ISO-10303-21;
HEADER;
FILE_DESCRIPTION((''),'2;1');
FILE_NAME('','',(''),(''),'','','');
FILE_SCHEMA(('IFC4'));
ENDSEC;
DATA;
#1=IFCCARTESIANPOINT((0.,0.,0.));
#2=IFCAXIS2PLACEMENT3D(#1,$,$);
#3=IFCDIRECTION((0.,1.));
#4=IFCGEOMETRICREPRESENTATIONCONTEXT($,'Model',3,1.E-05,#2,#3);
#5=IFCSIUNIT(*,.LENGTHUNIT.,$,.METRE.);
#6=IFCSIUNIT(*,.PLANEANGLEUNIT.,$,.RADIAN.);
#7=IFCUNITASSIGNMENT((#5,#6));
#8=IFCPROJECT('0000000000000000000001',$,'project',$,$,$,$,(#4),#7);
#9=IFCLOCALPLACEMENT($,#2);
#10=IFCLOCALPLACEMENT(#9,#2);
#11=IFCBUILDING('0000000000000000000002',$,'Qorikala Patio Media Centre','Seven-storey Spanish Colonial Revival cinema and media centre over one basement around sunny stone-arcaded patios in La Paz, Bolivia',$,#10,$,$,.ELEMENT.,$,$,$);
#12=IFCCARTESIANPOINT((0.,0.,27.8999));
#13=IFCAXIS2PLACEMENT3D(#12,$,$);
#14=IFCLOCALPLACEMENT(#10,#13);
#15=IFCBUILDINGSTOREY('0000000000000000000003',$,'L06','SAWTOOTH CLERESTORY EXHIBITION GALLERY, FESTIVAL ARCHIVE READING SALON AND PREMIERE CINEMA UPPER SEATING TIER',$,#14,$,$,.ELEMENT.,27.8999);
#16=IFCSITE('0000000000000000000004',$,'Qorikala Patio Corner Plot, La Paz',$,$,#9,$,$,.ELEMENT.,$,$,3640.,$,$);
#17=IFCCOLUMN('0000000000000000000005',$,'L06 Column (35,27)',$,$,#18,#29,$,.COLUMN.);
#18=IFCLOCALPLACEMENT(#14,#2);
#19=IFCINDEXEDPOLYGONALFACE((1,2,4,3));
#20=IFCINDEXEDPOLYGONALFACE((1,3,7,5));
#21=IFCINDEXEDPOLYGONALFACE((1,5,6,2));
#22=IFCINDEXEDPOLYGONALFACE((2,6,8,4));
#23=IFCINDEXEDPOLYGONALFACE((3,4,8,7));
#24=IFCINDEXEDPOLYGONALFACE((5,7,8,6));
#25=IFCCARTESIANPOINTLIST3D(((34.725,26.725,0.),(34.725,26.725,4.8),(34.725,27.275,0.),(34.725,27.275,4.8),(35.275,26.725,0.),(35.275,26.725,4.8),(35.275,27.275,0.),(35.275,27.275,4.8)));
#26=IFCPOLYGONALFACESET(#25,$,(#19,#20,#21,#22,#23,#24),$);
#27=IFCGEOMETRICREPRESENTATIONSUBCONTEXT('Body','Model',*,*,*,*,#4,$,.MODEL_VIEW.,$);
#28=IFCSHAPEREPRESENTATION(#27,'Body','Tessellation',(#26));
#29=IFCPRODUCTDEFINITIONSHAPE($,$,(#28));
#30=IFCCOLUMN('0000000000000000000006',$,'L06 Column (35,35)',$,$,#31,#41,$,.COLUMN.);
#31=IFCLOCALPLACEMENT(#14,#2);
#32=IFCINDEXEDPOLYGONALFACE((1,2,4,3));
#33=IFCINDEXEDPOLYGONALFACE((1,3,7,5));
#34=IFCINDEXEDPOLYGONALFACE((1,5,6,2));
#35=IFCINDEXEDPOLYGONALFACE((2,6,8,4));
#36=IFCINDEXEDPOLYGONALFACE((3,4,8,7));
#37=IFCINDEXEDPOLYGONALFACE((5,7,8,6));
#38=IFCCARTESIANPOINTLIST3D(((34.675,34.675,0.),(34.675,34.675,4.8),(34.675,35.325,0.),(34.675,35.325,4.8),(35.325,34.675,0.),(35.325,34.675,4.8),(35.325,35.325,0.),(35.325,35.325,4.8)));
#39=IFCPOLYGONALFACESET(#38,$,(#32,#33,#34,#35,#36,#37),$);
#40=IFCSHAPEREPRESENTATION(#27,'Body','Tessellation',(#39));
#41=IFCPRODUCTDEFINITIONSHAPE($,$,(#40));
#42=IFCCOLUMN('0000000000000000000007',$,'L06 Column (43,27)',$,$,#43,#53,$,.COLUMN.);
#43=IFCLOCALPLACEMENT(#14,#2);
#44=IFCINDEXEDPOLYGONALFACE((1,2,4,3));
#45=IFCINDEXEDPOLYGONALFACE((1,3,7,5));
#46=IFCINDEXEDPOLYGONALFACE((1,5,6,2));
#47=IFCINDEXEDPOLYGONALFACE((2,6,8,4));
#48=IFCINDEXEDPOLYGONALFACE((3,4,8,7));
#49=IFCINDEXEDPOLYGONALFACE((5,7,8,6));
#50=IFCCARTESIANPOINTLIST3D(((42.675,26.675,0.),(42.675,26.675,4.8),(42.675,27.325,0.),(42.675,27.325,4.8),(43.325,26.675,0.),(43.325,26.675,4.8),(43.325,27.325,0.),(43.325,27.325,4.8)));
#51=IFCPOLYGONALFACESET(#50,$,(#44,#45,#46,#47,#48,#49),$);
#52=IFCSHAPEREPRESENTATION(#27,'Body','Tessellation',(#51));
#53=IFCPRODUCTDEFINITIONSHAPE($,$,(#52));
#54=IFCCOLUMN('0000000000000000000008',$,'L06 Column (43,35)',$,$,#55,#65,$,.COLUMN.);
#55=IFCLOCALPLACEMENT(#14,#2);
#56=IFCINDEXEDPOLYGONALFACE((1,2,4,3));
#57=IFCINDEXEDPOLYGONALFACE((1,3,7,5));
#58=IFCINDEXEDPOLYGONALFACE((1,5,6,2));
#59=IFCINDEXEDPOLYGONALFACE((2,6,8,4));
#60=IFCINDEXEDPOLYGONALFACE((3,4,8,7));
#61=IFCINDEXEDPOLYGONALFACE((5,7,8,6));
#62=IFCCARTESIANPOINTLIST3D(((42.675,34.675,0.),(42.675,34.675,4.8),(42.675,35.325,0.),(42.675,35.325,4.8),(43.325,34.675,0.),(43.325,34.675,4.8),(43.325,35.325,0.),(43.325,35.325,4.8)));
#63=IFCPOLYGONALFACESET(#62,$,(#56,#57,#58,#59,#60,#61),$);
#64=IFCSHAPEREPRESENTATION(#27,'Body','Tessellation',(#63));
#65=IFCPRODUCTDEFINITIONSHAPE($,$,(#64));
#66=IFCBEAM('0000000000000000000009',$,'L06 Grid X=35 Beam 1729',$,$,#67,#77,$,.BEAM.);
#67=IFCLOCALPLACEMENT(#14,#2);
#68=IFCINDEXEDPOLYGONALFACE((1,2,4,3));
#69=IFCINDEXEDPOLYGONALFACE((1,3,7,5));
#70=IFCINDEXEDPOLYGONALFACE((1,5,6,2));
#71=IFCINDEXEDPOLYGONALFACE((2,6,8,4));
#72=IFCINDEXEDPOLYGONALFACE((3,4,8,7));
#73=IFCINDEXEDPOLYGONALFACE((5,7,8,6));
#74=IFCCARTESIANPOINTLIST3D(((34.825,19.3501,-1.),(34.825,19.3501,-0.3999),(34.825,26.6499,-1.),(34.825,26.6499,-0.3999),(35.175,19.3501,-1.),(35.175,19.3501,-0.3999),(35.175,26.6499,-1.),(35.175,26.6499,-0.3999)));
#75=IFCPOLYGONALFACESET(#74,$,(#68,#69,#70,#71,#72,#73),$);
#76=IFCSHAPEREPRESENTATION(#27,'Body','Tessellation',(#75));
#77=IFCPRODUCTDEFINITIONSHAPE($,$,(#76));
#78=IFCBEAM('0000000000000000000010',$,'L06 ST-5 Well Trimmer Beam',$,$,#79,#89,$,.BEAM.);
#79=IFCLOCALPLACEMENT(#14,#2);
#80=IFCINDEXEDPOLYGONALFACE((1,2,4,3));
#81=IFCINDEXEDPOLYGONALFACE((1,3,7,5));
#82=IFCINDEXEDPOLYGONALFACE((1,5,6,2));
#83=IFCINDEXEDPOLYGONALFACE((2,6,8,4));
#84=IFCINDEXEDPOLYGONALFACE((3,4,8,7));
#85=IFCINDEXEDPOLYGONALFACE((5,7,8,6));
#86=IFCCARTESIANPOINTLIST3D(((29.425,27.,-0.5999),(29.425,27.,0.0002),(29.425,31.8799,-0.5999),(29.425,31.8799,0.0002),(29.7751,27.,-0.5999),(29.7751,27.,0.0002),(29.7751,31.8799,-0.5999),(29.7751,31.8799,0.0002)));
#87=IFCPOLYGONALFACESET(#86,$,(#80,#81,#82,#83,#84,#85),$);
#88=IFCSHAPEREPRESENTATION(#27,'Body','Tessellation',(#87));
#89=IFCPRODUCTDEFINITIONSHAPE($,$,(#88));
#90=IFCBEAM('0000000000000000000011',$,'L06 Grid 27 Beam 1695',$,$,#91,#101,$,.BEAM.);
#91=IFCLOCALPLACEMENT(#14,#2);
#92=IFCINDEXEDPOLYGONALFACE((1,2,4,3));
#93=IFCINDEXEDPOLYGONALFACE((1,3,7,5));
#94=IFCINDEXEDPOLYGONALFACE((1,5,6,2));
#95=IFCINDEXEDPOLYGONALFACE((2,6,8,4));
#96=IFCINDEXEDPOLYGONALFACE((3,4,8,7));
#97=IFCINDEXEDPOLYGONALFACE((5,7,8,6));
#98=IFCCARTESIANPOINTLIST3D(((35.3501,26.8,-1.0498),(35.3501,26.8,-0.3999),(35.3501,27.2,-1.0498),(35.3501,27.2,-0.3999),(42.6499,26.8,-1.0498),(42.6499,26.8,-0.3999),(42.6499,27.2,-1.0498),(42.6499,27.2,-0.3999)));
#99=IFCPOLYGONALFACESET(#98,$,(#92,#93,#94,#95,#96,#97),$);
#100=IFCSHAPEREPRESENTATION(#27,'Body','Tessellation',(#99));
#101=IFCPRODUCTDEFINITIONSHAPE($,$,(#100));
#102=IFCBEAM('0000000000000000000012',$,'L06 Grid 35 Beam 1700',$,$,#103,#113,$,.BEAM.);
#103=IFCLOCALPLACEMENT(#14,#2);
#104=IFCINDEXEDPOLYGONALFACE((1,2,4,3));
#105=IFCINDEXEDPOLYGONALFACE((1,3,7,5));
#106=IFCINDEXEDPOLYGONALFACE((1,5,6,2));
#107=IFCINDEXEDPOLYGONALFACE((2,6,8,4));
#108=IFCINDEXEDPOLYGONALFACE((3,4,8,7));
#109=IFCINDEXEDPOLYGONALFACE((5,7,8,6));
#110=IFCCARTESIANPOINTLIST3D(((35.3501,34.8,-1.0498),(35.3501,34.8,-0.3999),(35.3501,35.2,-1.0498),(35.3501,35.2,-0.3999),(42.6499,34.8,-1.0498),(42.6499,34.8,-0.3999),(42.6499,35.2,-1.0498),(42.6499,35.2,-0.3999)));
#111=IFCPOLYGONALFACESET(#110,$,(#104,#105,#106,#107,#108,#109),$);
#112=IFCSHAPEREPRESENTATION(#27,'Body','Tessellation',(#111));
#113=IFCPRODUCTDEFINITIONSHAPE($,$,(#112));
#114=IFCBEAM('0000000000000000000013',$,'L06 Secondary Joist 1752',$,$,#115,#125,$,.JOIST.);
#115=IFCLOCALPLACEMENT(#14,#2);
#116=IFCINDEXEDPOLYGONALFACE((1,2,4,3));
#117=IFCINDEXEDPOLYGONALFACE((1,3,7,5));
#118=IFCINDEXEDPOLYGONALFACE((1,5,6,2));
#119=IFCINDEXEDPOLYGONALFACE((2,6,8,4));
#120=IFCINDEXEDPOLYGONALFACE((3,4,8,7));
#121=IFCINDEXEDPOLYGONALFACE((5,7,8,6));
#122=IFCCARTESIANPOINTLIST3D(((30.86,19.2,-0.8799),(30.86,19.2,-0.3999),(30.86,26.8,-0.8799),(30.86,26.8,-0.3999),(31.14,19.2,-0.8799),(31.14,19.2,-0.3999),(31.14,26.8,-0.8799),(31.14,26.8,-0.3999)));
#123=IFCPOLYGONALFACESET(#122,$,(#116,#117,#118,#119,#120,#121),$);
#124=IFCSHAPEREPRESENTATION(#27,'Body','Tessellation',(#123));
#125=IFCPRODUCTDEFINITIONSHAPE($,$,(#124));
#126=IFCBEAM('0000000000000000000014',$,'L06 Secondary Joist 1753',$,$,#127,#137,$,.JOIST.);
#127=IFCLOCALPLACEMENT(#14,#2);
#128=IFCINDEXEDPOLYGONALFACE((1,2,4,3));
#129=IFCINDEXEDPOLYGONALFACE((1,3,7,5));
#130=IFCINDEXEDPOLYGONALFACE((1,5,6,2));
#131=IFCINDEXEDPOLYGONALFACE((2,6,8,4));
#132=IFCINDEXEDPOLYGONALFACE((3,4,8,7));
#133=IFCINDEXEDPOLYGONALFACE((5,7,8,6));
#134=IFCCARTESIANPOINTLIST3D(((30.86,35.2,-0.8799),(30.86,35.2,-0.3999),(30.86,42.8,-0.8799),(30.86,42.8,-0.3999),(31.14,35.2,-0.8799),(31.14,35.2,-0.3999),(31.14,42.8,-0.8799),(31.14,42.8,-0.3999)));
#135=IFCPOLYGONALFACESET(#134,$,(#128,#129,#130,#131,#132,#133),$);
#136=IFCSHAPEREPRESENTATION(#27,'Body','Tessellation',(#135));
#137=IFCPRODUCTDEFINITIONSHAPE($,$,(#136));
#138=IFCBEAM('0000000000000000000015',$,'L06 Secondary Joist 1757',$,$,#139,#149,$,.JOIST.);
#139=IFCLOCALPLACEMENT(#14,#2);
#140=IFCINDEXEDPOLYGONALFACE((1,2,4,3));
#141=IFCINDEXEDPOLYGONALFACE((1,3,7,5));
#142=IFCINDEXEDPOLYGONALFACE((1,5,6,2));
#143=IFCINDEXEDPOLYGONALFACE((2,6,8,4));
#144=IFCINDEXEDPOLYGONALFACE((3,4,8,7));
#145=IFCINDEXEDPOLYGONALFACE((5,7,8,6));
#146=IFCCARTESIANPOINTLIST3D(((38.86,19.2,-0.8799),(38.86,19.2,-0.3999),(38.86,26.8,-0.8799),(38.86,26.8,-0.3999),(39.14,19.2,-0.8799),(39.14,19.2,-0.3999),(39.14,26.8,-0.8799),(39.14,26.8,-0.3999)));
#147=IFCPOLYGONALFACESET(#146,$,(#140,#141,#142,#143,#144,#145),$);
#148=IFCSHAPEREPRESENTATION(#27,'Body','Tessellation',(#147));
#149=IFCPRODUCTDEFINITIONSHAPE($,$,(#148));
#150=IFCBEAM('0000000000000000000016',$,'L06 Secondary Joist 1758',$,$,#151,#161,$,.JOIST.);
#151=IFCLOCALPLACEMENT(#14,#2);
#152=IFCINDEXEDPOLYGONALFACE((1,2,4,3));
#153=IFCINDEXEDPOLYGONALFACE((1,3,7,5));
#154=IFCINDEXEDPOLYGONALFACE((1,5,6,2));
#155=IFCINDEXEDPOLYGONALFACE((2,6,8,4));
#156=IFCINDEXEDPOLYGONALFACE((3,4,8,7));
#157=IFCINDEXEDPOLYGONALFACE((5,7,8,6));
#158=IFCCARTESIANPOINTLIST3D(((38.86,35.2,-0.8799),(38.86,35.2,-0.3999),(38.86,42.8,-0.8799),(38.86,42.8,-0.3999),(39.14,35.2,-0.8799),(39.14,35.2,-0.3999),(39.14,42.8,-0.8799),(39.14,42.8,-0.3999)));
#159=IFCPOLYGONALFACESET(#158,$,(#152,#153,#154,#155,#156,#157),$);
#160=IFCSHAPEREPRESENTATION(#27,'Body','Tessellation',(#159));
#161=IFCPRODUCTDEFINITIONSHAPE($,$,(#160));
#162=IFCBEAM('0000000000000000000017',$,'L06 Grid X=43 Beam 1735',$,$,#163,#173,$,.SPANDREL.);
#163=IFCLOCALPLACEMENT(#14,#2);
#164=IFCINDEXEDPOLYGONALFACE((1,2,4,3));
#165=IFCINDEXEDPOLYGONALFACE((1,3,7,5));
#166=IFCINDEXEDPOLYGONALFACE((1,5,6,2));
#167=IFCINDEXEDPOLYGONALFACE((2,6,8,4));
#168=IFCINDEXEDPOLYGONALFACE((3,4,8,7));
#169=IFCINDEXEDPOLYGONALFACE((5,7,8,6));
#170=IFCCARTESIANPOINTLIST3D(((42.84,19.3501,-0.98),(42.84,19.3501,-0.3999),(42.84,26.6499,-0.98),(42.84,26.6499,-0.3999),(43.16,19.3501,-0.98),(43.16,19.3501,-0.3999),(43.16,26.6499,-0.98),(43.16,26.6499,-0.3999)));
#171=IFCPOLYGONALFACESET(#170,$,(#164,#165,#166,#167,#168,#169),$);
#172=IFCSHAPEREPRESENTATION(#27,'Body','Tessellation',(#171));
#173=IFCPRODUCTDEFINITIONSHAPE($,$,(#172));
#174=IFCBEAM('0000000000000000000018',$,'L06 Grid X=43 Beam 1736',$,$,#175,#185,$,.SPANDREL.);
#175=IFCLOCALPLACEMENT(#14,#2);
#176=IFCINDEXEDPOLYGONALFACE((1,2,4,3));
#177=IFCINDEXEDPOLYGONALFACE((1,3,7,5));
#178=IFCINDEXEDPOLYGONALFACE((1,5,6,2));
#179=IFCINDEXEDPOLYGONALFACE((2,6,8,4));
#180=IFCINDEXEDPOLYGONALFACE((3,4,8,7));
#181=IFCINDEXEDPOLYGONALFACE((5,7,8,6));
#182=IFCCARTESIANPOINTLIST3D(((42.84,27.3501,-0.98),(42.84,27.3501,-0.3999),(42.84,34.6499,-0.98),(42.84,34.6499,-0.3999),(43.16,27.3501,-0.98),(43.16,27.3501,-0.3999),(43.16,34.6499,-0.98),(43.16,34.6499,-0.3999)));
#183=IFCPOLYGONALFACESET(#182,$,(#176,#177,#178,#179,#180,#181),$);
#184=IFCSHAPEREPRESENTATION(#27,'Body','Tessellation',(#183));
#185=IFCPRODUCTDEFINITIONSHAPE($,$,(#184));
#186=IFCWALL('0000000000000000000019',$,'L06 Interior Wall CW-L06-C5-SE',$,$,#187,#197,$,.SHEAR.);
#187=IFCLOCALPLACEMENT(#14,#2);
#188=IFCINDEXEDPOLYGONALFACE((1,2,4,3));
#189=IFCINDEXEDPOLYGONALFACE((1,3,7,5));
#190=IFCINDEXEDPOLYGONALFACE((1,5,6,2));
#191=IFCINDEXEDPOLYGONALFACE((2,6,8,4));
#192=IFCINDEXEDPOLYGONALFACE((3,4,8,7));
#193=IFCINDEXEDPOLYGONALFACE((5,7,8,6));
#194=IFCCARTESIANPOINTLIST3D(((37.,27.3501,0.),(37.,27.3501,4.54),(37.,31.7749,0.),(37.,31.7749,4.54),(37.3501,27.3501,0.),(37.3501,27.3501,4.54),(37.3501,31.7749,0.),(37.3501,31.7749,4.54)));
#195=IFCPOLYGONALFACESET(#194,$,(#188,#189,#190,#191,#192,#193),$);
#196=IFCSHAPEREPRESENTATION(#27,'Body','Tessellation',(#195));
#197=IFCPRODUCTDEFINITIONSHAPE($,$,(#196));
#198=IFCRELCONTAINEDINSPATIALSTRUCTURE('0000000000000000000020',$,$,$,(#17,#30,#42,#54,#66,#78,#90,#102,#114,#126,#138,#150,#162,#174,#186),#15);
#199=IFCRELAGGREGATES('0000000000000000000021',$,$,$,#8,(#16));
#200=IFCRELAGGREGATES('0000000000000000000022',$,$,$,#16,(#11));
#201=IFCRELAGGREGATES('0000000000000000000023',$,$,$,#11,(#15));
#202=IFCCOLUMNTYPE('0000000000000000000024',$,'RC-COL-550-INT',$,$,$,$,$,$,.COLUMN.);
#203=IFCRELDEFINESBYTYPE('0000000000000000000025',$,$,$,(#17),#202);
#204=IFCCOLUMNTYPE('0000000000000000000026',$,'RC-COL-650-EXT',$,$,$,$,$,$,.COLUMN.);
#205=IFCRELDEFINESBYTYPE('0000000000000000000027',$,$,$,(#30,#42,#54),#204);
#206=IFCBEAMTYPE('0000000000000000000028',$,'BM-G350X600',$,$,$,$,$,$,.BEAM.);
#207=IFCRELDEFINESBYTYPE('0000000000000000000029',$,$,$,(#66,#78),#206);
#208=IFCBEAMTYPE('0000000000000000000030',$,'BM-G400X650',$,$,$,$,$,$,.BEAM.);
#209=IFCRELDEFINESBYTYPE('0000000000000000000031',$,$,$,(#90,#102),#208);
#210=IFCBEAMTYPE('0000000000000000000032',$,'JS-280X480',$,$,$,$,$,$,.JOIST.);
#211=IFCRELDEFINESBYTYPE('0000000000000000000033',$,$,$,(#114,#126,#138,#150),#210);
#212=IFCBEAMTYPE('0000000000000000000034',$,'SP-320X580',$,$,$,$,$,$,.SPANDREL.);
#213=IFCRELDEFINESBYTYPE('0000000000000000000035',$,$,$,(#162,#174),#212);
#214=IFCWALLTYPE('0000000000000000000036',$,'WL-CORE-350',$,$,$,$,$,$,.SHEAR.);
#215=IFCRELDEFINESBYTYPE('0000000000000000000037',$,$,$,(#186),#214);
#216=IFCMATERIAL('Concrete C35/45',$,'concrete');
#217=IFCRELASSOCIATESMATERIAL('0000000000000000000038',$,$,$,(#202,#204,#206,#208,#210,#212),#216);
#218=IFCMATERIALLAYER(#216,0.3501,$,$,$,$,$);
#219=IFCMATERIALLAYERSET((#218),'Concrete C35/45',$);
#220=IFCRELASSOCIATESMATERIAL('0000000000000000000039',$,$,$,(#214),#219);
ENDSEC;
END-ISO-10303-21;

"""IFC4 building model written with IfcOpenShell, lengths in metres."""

from ifc_helpers import new_model, si_unit, direction, frame, frame_2d, origin, origin_2d, place, context, subcontext, project, spatial, rectangle, extrude, material, layer, layer_set, material_profile, profile_set, type_object, element, save


model = new_model("IFC4")

# Units and contexts
model_context = context("Model", 3, precision=1e-05, world=origin(), true_north=direction((0.0, 1.0)))
body_context = subcontext(model_context, "Body", "Model", "MODEL_VIEW")
ifc_project = project(units=[si_unit("LENGTHUNIT", "METRE"), si_unit("PLANEANGLEUNIT", "RADIAN")], contexts=[model_context])

# Site, building, storey
site_placement = place(None, origin())
site = spatial("IfcSite", under=ifc_project, at=site_placement, Name="Qorikala Patio Corner Plot, La Paz", CompositionType="ELEMENT", RefElevation=3640.0)
building_placement = place(site_placement, origin())
building = spatial("IfcBuilding", under=site, at=building_placement, Name="Qorikala Patio Media Centre", Description="Seven-storey Spanish Colonial Revival cinema and media centre over one basement around sunny stone-arcaded patios in La Paz, Bolivia", CompositionType="ELEMENT")
storey_placement = place(building_placement, frame((0.0, 0.0, 27.8999)))
storey = spatial("IfcBuildingStorey", under=building, at=storey_placement, Name="L06", Description="SAWTOOTH CLERESTORY EXHIBITION GALLERY, FESTIVAL ARCHIVE READING SALON AND PREMIERE CINEMA UPPER SEATING TIER", CompositionType="ELEMENT", Elevation=27.8999)

# Columns
ifc_material_1 = material(Name="Concrete C35/45", Category="concrete")
ifc_material_profile_1 = material_profile(ifc_material_1, rectangle(XDim=0.55, YDim=0.55, at=origin_2d()), Name="RC 550x550")
ifc_profile_set_1 = profile_set([ifc_material_profile_1], Name="Concrete C35/45")
column_type_1 = type_object("IfcColumnType", Name="RC-COL-550-INT", PredefinedType="COLUMN", material=ifc_profile_set_1)
column_placement = place(storey_placement, frame((35.0, 27.0, 0.0), z_axis=(0.0, 0.0, 1.0), x_axis=(1.0, 0.0, 0.0)))
element("IfcColumn", 1, at=column_placement, inside=storey, type_object=column_type_1, Name="L06 Column (35,27)", PredefinedType="COLUMN", context=body_context, shape_type="SweptSolid", body=[
    extrude(rectangle(XDim=0.55, YDim=0.55, at=origin_2d()), origin(), (0.0, 0.0, 1.0), 4.8),
])
ifc_material_profile_2 = material_profile(ifc_material_1, rectangle(XDim=0.6499, YDim=0.6499, at=origin_2d()), Name="RC 650x650")
ifc_profile_set_2 = profile_set([ifc_material_profile_2], Name="Concrete C35/45")
column_type_2 = type_object("IfcColumnType", Name="RC-COL-650-EXT", PredefinedType="COLUMN", material=ifc_profile_set_2)
for number, where, z_axis, x_axis, name in (
    (2, (35.0, 35.0, 0.0), (0.0, 0.0, 1.0), (1.0, 0.0, 0.0), "L06 Column (35,35)"),
    (3, (43.0, 27.0, 0.0), (0.0, 0.0, 1.0), (1.0, 0.0, 0.0), "L06 Column (43,27)"),
    (4, (43.0, 35.0, 0.0), (0.0, 0.0, 1.0), (1.0, 0.0, 0.0), "L06 Column (43,35)"),
):
    element("IfcColumn", number, at=place(storey_placement, frame(where, z_axis=z_axis, x_axis=x_axis)), inside=storey, type_object=column_type_2, Name=name, PredefinedType="COLUMN", context=body_context, shape_type="SweptSolid", body=[
        extrude(rectangle(XDim=0.6499, YDim=0.6499, at=origin_2d()), origin(), (0.0, 0.0, 1.0), 4.8),
    ])

# Beams
ifc_material_profile_3 = material_profile(ifc_material_1, rectangle(XDim=0.3501, YDim=0.6001, at=origin_2d()), Name="RC 350x600")
ifc_profile_set_3 = profile_set([ifc_material_profile_3], Name="Concrete C35/45")
beam_type_1 = type_object("IfcBeamType", Name="BM-G350X600", PredefinedType="BEAM", material=ifc_profile_set_3)
beam_1_placement = place(storey_placement, frame((35.0, 19.3501, -0.7), z_axis=(0.0, 1.0, 0.0), x_axis=(-1.0, 0.0, 0.0)))
element("IfcBeam", 5, at=beam_1_placement, inside=storey, type_object=beam_type_1, Name="L06 Grid X=35 Beam 1729", PredefinedType="BEAM", context=body_context, shape_type="SweptSolid", body=[
    extrude(rectangle(XDim=0.3501, YDim=0.6001, at=origin_2d()), origin(), (0.0, 0.0, 1.0), 7.2998),
])
beam_2_placement = place(storey_placement, frame((29.6001, 27.0, -0.2998), z_axis=(0.0, 1.0, 0.0), x_axis=(-1.0, 0.0, 0.0)))
element("IfcBeam", 6, at=beam_2_placement, inside=storey, type_object=beam_type_1, Name="L06 ST-5 Well Trimmer Beam", PredefinedType="BEAM", context=body_context, shape_type="SweptSolid", body=[
    extrude(rectangle(XDim=0.3501, YDim=0.6001, at=origin_2d()), origin(), (0.0, 0.0, 1.0), 4.8799),
])
ifc_material_profile_4 = material_profile(ifc_material_1, rectangle(XDim=0.3999, YDim=0.6499, at=origin_2d()), Name="RC 400x650")
ifc_profile_set_4 = profile_set([ifc_material_profile_4], Name="Concrete C35/45")
beam_type_2 = type_object("IfcBeamType", Name="BM-G400X650", PredefinedType="BEAM", material=ifc_profile_set_4)
for number, where, z_axis, x_axis, name in (
    (7, (35.3501, 27.0, -0.7249), (1.0, 0.0, 0.0), (0.0, 1.0, 0.0), "L06 Grid 27 Beam 1695"),
    (8, (35.3501, 35.0, -0.7249), (1.0, 0.0, 0.0), (0.0, 1.0, 0.0), "L06 Grid 35 Beam 1700"),
):
    element("IfcBeam", number, at=place(storey_placement, frame(where, z_axis=z_axis, x_axis=x_axis)), inside=storey, type_object=beam_type_2, Name=name, PredefinedType="BEAM", context=body_context, shape_type="SweptSolid", body=[
        extrude(rectangle(XDim=0.3999, YDim=0.6499, at=origin_2d()), origin(), (0.0, 0.0, 1.0), 7.2998),
    ])
ifc_material_profile_5 = material_profile(ifc_material_1, rectangle(XDim=0.28, YDim=0.48, at=origin_2d()), Name="RC 280x480")
ifc_profile_set_5 = profile_set([ifc_material_profile_5], Name="Concrete C35/45")
beam_type_3 = type_object("IfcBeamType", Name="JS-280X480", PredefinedType="JOIST", material=ifc_profile_set_5)
for number, where, z_axis, x_axis, name in (
    (9, (31.0, 19.2, -0.6399), (0.0, 1.0, 0.0), (-1.0, 0.0, 0.0), "L06 Secondary Joist 1752"),
    (10, (31.0, 35.2, -0.6399), (0.0, 1.0, 0.0), (-1.0, 0.0, 0.0), "L06 Secondary Joist 1753"),
    (11, (39.0, 19.2, -0.6399), (0.0, 1.0, 0.0), (-1.0, 0.0, 0.0), "L06 Secondary Joist 1757"),
    (12, (39.0, 35.2, -0.6399), (0.0, 1.0, 0.0), (-1.0, 0.0, 0.0), "L06 Secondary Joist 1758"),
):
    element("IfcBeam", number, at=place(storey_placement, frame(where, z_axis=z_axis, x_axis=x_axis)), inside=storey, type_object=beam_type_3, Name=name, PredefinedType="JOIST", context=body_context, shape_type="SweptSolid", body=[
        extrude(rectangle(XDim=0.28, YDim=0.48, at=origin_2d()), origin(), (0.0, 0.0, 1.0), 7.6001),
    ])
ifc_material_profile_6 = material_profile(ifc_material_1, rectangle(XDim=0.3201, YDim=0.5801, at=origin_2d()), Name="RC 320x580")
ifc_profile_set_6 = profile_set([ifc_material_profile_6], Name="Concrete C35/45")
beam_type_4 = type_object("IfcBeamType", Name="SP-320X580", PredefinedType="SPANDREL", material=ifc_profile_set_6)
for number, where, z_axis, x_axis, name in (
    (13, (43.0, 19.3501, -0.6899), (0.0, 1.0, 0.0), (-1.0, 0.0, 0.0), "L06 Grid X=43 Beam 1735"),
    (14, (43.0, 27.3501, -0.6899), (0.0, 1.0, 0.0), (-1.0, 0.0, 0.0), "L06 Grid X=43 Beam 1736"),
):
    element("IfcBeam", number, at=place(storey_placement, frame(where, z_axis=z_axis, x_axis=x_axis)), inside=storey, type_object=beam_type_4, Name=name, PredefinedType="SPANDREL", context=body_context, shape_type="SweptSolid", body=[
        extrude(rectangle(XDim=0.3201, YDim=0.5801, at=origin_2d()), origin(), (0.0, 0.0, 1.0), 7.2998),
    ])

# Wall
ifc_layer_1 = layer(ifc_material_1, 0.3501)
ifc_layer_set_1 = layer_set([ifc_layer_1], Name="Concrete C35/45")
wall_type_1 = type_object("IfcWallType", Name="WL-CORE-350", PredefinedType="SHEAR", material=ifc_layer_set_1)
wall_1_placement = place(storey_placement, frame((37.175, 27.3501, 0.0), z_axis=(0.0, 0.0, 1.0), x_axis=(0.0, 1.0, 0.0)))
element("IfcWall", 15, at=wall_1_placement, inside=storey, type_object=wall_type_1, Name="L06 Interior Wall CW-L06-C5-SE", PredefinedType="SHEAR", context=body_context, shape_type="SweptSolid", body=[
    extrude(rectangle(XDim=4.4248, YDim=0.3501, at=frame_2d((2.2124, 0.0))), origin(), (0.0, 0.0, 1.0), 4.54),
])

save(model, "model.ifc")
